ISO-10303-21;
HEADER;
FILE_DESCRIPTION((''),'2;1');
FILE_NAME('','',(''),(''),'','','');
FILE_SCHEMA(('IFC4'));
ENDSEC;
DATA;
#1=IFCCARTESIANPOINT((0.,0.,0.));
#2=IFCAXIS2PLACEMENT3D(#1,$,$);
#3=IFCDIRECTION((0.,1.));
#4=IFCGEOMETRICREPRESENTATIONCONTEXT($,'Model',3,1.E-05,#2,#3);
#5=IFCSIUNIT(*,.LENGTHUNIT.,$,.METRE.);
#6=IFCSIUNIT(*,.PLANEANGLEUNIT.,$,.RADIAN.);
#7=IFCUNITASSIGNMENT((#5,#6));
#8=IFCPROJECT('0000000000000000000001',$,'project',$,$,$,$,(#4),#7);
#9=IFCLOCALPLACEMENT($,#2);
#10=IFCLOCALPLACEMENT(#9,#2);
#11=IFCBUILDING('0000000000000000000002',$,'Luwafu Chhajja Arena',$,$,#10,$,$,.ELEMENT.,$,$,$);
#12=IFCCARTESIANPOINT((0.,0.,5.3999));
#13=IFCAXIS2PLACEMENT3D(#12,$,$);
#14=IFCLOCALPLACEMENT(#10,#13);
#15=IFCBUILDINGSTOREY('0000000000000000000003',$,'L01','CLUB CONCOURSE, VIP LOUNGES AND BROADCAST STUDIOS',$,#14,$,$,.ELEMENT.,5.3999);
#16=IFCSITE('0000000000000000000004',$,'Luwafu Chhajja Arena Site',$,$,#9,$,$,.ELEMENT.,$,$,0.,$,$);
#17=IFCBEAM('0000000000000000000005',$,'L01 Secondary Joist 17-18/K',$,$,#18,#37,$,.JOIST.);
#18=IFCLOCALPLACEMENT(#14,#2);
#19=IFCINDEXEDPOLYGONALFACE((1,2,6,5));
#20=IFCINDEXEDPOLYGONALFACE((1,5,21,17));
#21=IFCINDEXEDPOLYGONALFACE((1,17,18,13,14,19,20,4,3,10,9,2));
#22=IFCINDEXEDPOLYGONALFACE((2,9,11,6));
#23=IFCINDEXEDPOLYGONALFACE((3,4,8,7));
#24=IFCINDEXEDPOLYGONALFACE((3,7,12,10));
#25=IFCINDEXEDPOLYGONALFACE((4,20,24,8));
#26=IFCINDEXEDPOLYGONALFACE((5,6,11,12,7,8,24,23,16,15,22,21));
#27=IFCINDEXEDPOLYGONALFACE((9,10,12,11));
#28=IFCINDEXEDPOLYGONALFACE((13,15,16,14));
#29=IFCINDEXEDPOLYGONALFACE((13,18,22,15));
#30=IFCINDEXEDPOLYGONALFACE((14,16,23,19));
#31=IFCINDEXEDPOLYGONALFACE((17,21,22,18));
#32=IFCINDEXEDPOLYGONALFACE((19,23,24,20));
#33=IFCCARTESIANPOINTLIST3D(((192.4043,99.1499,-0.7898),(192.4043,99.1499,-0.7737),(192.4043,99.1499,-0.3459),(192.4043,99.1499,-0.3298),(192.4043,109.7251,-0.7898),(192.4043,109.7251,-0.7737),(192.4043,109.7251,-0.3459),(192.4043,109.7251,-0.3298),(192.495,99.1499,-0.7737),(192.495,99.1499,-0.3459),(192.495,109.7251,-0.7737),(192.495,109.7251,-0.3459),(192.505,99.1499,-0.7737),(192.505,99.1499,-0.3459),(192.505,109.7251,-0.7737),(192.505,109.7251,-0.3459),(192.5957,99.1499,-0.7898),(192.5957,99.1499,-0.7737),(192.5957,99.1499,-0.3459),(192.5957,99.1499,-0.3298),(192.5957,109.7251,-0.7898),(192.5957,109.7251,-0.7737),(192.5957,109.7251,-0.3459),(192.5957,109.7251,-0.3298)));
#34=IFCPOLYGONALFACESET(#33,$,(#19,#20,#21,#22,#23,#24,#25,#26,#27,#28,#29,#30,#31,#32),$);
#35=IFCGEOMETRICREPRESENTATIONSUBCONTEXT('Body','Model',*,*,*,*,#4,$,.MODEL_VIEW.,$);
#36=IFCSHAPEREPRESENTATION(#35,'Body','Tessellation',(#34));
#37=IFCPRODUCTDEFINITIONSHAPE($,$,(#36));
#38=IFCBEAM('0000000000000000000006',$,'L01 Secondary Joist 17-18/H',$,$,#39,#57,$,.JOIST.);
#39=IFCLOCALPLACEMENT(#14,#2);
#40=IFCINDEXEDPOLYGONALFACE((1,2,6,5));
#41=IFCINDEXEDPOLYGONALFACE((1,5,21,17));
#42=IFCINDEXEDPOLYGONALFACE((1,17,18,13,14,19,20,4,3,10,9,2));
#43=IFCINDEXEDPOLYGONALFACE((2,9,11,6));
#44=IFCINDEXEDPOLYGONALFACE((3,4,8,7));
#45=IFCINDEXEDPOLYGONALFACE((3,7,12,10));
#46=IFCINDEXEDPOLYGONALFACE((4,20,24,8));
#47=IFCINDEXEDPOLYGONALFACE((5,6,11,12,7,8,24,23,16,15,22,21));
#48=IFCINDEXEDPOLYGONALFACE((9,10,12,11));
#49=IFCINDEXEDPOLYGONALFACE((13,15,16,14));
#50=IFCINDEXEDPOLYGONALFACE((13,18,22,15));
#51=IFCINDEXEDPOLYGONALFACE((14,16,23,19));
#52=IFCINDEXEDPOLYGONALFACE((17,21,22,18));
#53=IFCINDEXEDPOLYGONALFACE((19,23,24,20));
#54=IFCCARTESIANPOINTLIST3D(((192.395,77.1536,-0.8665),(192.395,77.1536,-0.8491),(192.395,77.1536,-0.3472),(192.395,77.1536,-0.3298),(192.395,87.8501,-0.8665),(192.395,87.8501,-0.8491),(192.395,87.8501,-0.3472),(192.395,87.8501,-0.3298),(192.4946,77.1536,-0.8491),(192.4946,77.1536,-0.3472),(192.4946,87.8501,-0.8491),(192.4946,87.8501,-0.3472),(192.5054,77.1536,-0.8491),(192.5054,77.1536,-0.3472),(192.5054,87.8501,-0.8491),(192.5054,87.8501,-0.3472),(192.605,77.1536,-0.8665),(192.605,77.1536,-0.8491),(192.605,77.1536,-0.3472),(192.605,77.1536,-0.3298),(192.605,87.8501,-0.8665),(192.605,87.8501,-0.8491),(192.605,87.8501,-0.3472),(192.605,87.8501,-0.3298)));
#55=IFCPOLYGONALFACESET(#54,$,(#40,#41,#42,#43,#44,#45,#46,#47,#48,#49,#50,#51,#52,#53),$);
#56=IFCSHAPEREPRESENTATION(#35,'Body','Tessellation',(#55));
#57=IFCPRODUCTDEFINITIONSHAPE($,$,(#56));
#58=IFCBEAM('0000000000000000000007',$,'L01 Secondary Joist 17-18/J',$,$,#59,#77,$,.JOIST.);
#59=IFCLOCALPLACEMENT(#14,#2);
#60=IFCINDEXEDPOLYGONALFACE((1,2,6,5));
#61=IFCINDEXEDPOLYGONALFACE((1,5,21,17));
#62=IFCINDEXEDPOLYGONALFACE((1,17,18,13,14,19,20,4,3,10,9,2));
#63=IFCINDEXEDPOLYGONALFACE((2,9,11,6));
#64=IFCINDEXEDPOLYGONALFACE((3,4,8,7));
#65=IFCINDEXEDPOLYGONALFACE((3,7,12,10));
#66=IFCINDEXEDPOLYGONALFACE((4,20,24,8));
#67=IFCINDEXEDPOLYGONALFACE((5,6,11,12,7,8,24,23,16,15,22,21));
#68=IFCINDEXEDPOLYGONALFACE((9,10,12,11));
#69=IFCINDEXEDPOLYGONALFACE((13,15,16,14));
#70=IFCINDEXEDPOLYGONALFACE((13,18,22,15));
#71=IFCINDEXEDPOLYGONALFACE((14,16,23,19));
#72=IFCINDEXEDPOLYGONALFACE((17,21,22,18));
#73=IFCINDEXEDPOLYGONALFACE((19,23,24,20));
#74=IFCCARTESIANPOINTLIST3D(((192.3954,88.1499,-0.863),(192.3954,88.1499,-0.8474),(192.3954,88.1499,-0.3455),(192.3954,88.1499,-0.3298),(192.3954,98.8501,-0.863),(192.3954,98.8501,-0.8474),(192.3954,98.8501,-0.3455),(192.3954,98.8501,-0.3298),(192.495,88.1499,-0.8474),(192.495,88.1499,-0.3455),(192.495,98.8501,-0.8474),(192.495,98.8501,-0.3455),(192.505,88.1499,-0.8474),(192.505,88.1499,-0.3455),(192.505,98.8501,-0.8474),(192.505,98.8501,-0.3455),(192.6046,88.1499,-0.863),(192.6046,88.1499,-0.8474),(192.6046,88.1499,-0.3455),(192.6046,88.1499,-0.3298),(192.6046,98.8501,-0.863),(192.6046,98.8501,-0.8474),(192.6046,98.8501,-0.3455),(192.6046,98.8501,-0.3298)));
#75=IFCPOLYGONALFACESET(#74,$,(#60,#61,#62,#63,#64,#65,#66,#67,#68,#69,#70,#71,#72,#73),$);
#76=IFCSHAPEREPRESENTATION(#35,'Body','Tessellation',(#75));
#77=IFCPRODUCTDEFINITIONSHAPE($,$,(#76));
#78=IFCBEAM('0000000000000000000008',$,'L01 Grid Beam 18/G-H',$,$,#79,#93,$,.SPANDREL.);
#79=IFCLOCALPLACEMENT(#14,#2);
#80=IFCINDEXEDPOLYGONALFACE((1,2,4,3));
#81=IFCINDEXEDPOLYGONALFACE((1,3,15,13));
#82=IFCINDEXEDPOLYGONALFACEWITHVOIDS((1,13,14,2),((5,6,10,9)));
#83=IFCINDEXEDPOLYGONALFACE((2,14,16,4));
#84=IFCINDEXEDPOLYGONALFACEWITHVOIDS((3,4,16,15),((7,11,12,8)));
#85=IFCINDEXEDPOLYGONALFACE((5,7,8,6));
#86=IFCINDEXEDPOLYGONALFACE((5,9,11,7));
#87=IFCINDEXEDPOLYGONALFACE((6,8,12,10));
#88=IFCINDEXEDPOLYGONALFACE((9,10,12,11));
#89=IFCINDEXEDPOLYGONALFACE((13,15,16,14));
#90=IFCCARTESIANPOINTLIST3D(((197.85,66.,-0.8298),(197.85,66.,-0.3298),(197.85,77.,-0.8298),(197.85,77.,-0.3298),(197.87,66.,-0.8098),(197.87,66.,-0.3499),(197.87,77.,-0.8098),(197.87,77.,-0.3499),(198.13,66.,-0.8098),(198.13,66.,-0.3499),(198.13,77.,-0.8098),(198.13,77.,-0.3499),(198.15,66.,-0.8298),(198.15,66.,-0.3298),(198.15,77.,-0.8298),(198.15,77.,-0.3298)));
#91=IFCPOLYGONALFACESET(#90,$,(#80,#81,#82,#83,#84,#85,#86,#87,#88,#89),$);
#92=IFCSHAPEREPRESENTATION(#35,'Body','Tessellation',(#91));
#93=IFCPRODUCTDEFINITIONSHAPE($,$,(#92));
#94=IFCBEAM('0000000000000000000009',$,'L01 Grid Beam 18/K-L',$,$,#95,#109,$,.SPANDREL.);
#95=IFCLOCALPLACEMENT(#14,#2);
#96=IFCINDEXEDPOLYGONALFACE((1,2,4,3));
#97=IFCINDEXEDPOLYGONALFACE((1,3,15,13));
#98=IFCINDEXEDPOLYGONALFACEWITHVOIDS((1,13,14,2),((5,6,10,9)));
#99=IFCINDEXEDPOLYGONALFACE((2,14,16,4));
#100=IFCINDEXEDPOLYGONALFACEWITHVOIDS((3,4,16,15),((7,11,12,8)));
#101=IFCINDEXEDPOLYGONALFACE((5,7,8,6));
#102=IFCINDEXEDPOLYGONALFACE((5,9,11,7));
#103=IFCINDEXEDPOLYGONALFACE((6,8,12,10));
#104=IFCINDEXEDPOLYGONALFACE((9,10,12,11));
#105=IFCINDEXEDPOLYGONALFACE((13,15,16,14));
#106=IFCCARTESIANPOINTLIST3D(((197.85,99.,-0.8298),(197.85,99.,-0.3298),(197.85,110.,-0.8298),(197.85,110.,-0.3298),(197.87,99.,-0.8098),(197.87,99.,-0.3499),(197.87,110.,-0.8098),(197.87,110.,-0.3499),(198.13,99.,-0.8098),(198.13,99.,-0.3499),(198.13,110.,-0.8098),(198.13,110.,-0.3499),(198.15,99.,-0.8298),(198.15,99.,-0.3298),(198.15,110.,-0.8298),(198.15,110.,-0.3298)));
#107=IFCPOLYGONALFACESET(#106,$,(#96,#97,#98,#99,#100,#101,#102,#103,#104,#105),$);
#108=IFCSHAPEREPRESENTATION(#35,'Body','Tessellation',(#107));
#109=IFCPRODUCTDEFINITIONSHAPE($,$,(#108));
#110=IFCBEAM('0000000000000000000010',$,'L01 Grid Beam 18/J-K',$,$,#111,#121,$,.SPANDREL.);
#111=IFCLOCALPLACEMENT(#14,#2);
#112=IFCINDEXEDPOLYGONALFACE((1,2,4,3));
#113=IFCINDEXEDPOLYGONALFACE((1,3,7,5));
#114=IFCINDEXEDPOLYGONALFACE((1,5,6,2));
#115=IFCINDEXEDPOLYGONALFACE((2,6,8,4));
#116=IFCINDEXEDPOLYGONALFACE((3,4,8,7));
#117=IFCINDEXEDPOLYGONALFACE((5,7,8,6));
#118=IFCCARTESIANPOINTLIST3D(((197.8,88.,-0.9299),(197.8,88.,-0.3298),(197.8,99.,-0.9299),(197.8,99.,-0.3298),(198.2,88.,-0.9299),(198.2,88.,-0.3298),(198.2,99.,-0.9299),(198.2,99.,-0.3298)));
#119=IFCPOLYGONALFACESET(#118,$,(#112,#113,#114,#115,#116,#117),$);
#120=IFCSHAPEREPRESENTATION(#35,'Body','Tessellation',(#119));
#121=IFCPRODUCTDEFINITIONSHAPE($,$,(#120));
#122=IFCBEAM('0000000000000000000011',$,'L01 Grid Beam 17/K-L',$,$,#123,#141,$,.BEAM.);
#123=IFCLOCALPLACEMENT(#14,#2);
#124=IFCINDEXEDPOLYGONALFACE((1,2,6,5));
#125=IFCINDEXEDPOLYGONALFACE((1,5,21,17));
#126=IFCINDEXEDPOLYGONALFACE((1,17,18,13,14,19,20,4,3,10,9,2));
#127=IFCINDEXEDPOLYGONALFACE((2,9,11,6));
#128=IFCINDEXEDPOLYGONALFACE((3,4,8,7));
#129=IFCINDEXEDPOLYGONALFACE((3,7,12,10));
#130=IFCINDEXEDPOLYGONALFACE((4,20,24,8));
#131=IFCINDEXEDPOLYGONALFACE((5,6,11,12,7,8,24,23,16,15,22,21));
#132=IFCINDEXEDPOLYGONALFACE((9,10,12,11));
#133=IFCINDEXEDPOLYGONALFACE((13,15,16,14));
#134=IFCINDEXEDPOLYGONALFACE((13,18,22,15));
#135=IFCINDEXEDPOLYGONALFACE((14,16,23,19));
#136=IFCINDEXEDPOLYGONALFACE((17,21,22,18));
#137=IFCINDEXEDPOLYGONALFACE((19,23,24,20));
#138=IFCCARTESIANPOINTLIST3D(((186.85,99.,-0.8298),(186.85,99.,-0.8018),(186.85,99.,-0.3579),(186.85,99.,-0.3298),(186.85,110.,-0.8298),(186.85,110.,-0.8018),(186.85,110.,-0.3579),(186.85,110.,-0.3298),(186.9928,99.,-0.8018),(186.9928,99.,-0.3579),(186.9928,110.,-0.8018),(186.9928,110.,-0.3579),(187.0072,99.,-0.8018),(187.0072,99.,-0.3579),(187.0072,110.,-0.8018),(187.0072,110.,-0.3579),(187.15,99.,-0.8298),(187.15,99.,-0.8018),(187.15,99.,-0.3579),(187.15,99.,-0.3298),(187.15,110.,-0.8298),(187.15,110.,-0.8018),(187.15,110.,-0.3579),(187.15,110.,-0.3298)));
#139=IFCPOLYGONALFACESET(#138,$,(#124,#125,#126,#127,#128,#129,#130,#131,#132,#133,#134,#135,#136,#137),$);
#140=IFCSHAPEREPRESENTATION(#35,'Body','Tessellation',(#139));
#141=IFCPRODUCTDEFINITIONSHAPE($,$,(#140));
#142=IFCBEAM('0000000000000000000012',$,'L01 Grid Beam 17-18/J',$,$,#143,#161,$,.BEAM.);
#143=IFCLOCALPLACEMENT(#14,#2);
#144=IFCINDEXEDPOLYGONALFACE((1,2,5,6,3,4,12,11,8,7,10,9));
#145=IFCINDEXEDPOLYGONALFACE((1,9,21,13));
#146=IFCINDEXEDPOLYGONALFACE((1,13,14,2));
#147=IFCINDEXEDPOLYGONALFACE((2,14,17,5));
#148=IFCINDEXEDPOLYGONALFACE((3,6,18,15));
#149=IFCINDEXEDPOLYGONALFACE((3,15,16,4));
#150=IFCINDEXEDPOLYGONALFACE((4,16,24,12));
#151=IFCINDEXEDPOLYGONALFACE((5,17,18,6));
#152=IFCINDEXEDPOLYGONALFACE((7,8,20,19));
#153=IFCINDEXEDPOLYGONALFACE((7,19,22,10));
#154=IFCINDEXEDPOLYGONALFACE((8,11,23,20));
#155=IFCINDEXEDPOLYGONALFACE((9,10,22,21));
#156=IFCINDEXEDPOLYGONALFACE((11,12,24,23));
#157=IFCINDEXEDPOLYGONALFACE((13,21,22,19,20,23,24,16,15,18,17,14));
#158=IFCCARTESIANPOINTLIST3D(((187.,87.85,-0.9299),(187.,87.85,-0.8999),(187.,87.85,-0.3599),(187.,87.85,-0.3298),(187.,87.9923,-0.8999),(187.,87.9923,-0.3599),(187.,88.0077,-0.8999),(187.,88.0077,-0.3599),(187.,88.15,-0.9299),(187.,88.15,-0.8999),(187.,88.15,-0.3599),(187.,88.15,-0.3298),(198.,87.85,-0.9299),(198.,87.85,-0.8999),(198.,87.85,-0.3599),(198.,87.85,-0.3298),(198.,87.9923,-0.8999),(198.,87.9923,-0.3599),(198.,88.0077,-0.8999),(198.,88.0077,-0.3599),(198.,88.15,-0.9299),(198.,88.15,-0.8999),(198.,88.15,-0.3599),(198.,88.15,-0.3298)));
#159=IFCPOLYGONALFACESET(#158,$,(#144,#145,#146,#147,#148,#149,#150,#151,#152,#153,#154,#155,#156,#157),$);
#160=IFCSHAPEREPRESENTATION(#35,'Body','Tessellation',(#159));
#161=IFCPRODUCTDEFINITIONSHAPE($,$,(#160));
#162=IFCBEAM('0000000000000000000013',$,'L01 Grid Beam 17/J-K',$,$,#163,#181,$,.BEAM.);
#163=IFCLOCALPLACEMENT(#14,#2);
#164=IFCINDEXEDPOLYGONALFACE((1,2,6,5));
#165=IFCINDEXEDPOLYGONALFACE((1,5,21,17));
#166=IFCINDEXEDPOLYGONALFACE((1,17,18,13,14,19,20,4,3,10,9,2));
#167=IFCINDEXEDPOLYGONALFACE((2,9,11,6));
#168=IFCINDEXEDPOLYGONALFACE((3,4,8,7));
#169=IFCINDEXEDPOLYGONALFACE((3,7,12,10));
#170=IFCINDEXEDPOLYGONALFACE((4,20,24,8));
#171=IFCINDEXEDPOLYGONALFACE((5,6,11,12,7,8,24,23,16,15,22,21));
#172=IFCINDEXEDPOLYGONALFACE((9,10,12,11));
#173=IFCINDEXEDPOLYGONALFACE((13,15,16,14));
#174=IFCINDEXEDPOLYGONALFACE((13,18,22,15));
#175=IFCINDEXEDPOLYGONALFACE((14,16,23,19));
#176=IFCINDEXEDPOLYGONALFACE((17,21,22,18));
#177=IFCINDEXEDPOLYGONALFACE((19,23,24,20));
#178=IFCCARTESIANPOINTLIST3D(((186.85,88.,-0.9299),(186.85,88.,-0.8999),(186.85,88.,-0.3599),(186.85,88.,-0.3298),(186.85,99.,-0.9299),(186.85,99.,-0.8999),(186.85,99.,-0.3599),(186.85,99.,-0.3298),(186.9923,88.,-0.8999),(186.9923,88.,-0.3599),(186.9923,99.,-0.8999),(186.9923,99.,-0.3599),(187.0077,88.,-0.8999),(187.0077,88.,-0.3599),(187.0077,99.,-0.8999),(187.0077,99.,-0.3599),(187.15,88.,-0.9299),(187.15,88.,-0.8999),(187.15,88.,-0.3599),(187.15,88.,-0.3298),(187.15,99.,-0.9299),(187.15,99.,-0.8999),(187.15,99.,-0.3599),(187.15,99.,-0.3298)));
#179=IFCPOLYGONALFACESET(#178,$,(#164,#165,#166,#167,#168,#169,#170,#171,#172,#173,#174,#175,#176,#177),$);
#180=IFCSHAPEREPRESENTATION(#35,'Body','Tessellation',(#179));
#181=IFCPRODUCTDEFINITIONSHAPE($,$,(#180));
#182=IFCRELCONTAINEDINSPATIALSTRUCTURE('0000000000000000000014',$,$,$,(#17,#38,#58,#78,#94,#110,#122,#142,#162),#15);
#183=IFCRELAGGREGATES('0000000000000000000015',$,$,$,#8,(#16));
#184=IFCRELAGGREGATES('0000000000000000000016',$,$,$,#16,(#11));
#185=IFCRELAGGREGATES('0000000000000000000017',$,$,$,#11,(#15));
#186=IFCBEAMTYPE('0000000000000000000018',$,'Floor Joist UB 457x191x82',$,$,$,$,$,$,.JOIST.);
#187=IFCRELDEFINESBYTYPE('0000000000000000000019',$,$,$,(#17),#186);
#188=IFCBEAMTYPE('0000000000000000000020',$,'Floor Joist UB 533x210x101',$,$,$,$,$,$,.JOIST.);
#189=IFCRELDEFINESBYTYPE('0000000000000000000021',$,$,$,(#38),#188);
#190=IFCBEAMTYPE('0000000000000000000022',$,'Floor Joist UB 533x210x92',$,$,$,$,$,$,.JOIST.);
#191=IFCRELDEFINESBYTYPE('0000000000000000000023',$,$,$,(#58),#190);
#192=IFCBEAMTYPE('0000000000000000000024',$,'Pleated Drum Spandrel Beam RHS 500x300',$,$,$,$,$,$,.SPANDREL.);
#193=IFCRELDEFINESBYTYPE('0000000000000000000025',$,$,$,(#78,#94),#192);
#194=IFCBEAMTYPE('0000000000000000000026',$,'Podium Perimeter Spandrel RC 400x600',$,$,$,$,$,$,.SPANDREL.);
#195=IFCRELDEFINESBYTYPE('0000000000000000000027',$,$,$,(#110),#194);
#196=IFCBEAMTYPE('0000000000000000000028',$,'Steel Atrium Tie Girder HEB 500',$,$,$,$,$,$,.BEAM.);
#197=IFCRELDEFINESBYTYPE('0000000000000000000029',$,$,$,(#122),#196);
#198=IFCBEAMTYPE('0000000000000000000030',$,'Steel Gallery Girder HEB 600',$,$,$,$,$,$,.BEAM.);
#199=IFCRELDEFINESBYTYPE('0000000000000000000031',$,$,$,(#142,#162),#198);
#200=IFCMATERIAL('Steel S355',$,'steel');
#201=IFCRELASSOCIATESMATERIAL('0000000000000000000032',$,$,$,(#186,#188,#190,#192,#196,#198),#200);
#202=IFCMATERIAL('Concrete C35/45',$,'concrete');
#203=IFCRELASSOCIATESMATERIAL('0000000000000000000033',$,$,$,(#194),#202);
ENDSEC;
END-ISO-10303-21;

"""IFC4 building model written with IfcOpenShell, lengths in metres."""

from ifc_helpers import new_model, si_unit, direction, frame, origin, origin_2d, place, context, subcontext, project, spatial, rectangle, hollow_rectangle, i_section, extrude, material, material_profile, profile_set, type_object, element, save


model = new_model("IFC4")

# Units and contexts
model_context = context("Model", 3, precision=1e-05, world=origin(), true_north=direction((0.0, 1.0)))
body_context = subcontext(model_context, "Body", "Model", "MODEL_VIEW")
ifc_project = project(units=[si_unit("LENGTHUNIT", "METRE"), si_unit("PLANEANGLEUNIT", "RADIAN")], contexts=[model_context])

# Site, building, storey
site_placement = place(None, origin())
site = spatial("IfcSite", under=ifc_project, at=site_placement, Name="Luwafu Chhajja Arena Site", CompositionType="ELEMENT", RefElevation=0.0)
building_placement = place(site_placement, origin())
building = spatial("IfcBuilding", under=site, at=building_placement, Name="Luwafu Chhajja Arena", CompositionType="ELEMENT")
storey_placement = place(building_placement, frame((0.0, 0.0, 5.3999)))
storey = spatial("IfcBuildingStorey", under=building, at=storey_placement, Name="L01", Description="CLUB CONCOURSE, VIP LOUNGES AND BROADCAST STUDIOS", CompositionType="ELEMENT", Elevation=5.3999)

# Shared definitions
ifc_material_1 = material(Name="Concrete C35/45", Category="concrete")

# Beams
ifc_material_2 = material(Name="Steel S355", Category="steel")
ifc_material_profile_1 = material_profile(ifc_material_2, i_section(OverallWidth=0.1914, OverallDepth=0.46, WebThickness=0.01, FlangeThickness=0.0161, at=origin_2d()), Name="UB 457x191x82")
ifc_profile_set_1 = profile_set([ifc_material_profile_1], Name="Steel S355")
beam_type_1 = type_object("IfcBeamType", Name="Floor Joist UB 457x191x82", PredefinedType="JOIST", material=ifc_profile_set_1)
beam_1_placement = place(storey_placement, frame((192.5, 99.1499, -0.5598), z_axis=(0.0, 1.0, 0.0), x_axis=(-1.0, 0.0, 0.0)))
element("IfcBeam", 1, at=beam_1_placement, inside=storey, type_object=beam_type_1, Name="L01 Secondary Joist 17-18/K", PredefinedType="JOIST", context=body_context, shape_type="SweptSolid", body=[
    extrude(i_section(OverallWidth=0.1914, OverallDepth=0.46, WebThickness=0.01, FlangeThickness=0.0161, at=origin_2d()), origin(), (0.0, 0.0, 1.0), 10.5752),
])
ifc_material_profile_2 = material_profile(ifc_material_2, i_section(OverallWidth=0.21, OverallDepth=0.5366, WebThickness=0.0107, FlangeThickness=0.0173, at=origin_2d()), Name="UB 533x210x101")
ifc_profile_set_2 = profile_set([ifc_material_profile_2], Name="Steel S355")
beam_type_2 = type_object("IfcBeamType", Name="Floor Joist UB 533x210x101", PredefinedType="JOIST", material=ifc_profile_set_2)
beam_2_placement = place(storey_placement, frame((192.5, 77.1536, -0.5981), z_axis=(0.0, 1.0, 0.0), x_axis=(-1.0, 0.0, 0.0)))
element("IfcBeam", 2, at=beam_2_placement, inside=storey, type_object=beam_type_2, Name="L01 Secondary Joist 17-18/H", PredefinedType="JOIST", context=body_context, shape_type="SweptSolid", body=[
    extrude(i_section(OverallWidth=0.21, OverallDepth=0.5366, WebThickness=0.0107, FlangeThickness=0.0173, at=origin_2d()), origin(), (0.0, 0.0, 1.0), 10.6965),
])
ifc_material_profile_3 = material_profile(ifc_material_2, i_section(OverallWidth=0.2092, OverallDepth=0.5332, WebThickness=0.01, FlangeThickness=0.0156, at=origin_2d()), Name="UB 533x210x92")
ifc_profile_set_3 = profile_set([ifc_material_profile_3], Name="Steel S355")
beam_type_3 = type_object("IfcBeamType", Name="Floor Joist UB 533x210x92", PredefinedType="JOIST", material=ifc_profile_set_3)
beam_3_placement = place(storey_placement, frame((192.5, 88.1499, -0.5964), z_axis=(0.0, 1.0, 0.0), x_axis=(-1.0, 0.0, 0.0)))
element("IfcBeam", 3, at=beam_3_placement, inside=storey, type_object=beam_type_3, Name="L01 Secondary Joist 17-18/J", PredefinedType="JOIST", context=body_context, shape_type="SweptSolid", body=[
    extrude(i_section(OverallWidth=0.2092, OverallDepth=0.5332, WebThickness=0.01, FlangeThickness=0.0156, at=origin_2d()), origin(), (0.0, 0.0, 1.0), 10.7002),
])
ifc_material_profile_4 = material_profile(ifc_material_2, hollow_rectangle(XDim=0.3, YDim=0.5, WallThickness=0.02, at=origin_2d()), Name="RHS 500x300x20")
ifc_profile_set_4 = profile_set([ifc_material_profile_4], Name="Steel S355")
beam_type_4 = type_object("IfcBeamType", Name="Pleated Drum Spandrel Beam RHS 500x300", PredefinedType="SPANDREL", material=ifc_profile_set_4)
for number, where, z_axis, x_axis, name in (
    (4, (198.0, 66.0, -0.5798), (0.0, 1.0, 0.0), (-1.0, 0.0, 0.0), "L01 Grid Beam 18/G-H"),
    (5, (198.0, 99.0, -0.5798), (0.0, 1.0, 0.0), (-1.0, 0.0, 0.0), "L01 Grid Beam 18/K-L"),
):
    element("IfcBeam", number, at=place(storey_placement, frame(where, z_axis=z_axis, x_axis=x_axis)), inside=storey, type_object=beam_type_4, Name=name, PredefinedType="SPANDREL", context=body_context, shape_type="SweptSolid", body=[
        extrude(hollow_rectangle(XDim=0.3, YDim=0.5, WallThickness=0.02, at=origin_2d()), origin(), (0.0, 0.0, 1.0), 11.0),
    ])
ifc_material_profile_5 = material_profile(ifc_material_1, rectangle(XDim=0.3999, YDim=0.6001, at=origin_2d()), Name="RC 400x600")
ifc_profile_set_5 = profile_set([ifc_material_profile_5], Name="Concrete C35/45")
beam_type_5 = type_object("IfcBeamType", Name="Podium Perimeter Spandrel RC 400x600", PredefinedType="SPANDREL", material=ifc_profile_set_5)
beam_4_placement = place(storey_placement, frame((198.0, 88.0, -0.6299), z_axis=(0.0, 1.0, 0.0), x_axis=(-1.0, 0.0, 0.0)))
element("IfcBeam", 6, at=beam_4_placement, inside=storey, type_object=beam_type_5, Name="L01 Grid Beam 18/J-K", PredefinedType="SPANDREL", context=body_context, shape_type="SweptSolid", body=[
    extrude(rectangle(XDim=0.3999, YDim=0.6001, at=origin_2d()), origin(), (0.0, 0.0, 1.0), 11.0),
])
ifc_material_profile_6 = material_profile(ifc_material_2, i_section(OverallWidth=0.3, OverallDepth=0.5, WebThickness=0.0144, FlangeThickness=0.0281, at=origin_2d()), Name="HEB 500")
ifc_profile_set_6 = profile_set([ifc_material_profile_6], Name="Steel S355")
beam_type_6 = type_object("IfcBeamType", Name="Steel Atrium Tie Girder HEB 500", PredefinedType="BEAM", material=ifc_profile_set_6)
beam_5_placement = place(storey_placement, frame((187.0, 99.0, -0.5798), z_axis=(0.0, 1.0, 0.0), x_axis=(-1.0, 0.0, 0.0)))
element("IfcBeam", 7, at=beam_5_placement, inside=storey, type_object=beam_type_6, Name="L01 Grid Beam 17/K-L", PredefinedType="BEAM", context=body_context, shape_type="SweptSolid", body=[
    extrude(i_section(OverallWidth=0.3, OverallDepth=0.5, WebThickness=0.0144, FlangeThickness=0.0281, at=origin_2d()), origin(), (0.0, 0.0, 1.0), 11.0),
])
ifc_material_profile_7 = material_profile(ifc_material_2, i_section(OverallWidth=0.3, OverallDepth=0.6001, WebThickness=0.0154, FlangeThickness=0.03, at=origin_2d()), Name="HEB 600")
ifc_profile_set_7 = profile_set([ifc_material_profile_7], Name="Steel S355")
beam_type_7 = type_object("IfcBeamType", Name="Steel Gallery Girder HEB 600", PredefinedType="BEAM", material=ifc_profile_set_7)
for number, where, z_axis, x_axis, name in (
    (8, (187.0, 88.0, -0.6299), (1.0, 0.0, 0.0), (0.0, 1.0, 0.0), "L01 Grid Beam 17-18/J"),
    (9, (187.0, 88.0, -0.6299), (0.0, 1.0, 0.0), (-1.0, 0.0, 0.0), "L01 Grid Beam 17/J-K"),
):
    element("IfcBeam", number, at=place(storey_placement, frame(where, z_axis=z_axis, x_axis=x_axis)), inside=storey, type_object=beam_type_7, Name=name, PredefinedType="BEAM", context=body_context, shape_type="SweptSolid", body=[
        extrude(i_section(OverallWidth=0.3, OverallDepth=0.6001, WebThickness=0.0154, FlangeThickness=0.03, at=origin_2d()), origin(), (0.0, 0.0, 1.0), 11.0),
    ])

save(model, "model.ifc")
